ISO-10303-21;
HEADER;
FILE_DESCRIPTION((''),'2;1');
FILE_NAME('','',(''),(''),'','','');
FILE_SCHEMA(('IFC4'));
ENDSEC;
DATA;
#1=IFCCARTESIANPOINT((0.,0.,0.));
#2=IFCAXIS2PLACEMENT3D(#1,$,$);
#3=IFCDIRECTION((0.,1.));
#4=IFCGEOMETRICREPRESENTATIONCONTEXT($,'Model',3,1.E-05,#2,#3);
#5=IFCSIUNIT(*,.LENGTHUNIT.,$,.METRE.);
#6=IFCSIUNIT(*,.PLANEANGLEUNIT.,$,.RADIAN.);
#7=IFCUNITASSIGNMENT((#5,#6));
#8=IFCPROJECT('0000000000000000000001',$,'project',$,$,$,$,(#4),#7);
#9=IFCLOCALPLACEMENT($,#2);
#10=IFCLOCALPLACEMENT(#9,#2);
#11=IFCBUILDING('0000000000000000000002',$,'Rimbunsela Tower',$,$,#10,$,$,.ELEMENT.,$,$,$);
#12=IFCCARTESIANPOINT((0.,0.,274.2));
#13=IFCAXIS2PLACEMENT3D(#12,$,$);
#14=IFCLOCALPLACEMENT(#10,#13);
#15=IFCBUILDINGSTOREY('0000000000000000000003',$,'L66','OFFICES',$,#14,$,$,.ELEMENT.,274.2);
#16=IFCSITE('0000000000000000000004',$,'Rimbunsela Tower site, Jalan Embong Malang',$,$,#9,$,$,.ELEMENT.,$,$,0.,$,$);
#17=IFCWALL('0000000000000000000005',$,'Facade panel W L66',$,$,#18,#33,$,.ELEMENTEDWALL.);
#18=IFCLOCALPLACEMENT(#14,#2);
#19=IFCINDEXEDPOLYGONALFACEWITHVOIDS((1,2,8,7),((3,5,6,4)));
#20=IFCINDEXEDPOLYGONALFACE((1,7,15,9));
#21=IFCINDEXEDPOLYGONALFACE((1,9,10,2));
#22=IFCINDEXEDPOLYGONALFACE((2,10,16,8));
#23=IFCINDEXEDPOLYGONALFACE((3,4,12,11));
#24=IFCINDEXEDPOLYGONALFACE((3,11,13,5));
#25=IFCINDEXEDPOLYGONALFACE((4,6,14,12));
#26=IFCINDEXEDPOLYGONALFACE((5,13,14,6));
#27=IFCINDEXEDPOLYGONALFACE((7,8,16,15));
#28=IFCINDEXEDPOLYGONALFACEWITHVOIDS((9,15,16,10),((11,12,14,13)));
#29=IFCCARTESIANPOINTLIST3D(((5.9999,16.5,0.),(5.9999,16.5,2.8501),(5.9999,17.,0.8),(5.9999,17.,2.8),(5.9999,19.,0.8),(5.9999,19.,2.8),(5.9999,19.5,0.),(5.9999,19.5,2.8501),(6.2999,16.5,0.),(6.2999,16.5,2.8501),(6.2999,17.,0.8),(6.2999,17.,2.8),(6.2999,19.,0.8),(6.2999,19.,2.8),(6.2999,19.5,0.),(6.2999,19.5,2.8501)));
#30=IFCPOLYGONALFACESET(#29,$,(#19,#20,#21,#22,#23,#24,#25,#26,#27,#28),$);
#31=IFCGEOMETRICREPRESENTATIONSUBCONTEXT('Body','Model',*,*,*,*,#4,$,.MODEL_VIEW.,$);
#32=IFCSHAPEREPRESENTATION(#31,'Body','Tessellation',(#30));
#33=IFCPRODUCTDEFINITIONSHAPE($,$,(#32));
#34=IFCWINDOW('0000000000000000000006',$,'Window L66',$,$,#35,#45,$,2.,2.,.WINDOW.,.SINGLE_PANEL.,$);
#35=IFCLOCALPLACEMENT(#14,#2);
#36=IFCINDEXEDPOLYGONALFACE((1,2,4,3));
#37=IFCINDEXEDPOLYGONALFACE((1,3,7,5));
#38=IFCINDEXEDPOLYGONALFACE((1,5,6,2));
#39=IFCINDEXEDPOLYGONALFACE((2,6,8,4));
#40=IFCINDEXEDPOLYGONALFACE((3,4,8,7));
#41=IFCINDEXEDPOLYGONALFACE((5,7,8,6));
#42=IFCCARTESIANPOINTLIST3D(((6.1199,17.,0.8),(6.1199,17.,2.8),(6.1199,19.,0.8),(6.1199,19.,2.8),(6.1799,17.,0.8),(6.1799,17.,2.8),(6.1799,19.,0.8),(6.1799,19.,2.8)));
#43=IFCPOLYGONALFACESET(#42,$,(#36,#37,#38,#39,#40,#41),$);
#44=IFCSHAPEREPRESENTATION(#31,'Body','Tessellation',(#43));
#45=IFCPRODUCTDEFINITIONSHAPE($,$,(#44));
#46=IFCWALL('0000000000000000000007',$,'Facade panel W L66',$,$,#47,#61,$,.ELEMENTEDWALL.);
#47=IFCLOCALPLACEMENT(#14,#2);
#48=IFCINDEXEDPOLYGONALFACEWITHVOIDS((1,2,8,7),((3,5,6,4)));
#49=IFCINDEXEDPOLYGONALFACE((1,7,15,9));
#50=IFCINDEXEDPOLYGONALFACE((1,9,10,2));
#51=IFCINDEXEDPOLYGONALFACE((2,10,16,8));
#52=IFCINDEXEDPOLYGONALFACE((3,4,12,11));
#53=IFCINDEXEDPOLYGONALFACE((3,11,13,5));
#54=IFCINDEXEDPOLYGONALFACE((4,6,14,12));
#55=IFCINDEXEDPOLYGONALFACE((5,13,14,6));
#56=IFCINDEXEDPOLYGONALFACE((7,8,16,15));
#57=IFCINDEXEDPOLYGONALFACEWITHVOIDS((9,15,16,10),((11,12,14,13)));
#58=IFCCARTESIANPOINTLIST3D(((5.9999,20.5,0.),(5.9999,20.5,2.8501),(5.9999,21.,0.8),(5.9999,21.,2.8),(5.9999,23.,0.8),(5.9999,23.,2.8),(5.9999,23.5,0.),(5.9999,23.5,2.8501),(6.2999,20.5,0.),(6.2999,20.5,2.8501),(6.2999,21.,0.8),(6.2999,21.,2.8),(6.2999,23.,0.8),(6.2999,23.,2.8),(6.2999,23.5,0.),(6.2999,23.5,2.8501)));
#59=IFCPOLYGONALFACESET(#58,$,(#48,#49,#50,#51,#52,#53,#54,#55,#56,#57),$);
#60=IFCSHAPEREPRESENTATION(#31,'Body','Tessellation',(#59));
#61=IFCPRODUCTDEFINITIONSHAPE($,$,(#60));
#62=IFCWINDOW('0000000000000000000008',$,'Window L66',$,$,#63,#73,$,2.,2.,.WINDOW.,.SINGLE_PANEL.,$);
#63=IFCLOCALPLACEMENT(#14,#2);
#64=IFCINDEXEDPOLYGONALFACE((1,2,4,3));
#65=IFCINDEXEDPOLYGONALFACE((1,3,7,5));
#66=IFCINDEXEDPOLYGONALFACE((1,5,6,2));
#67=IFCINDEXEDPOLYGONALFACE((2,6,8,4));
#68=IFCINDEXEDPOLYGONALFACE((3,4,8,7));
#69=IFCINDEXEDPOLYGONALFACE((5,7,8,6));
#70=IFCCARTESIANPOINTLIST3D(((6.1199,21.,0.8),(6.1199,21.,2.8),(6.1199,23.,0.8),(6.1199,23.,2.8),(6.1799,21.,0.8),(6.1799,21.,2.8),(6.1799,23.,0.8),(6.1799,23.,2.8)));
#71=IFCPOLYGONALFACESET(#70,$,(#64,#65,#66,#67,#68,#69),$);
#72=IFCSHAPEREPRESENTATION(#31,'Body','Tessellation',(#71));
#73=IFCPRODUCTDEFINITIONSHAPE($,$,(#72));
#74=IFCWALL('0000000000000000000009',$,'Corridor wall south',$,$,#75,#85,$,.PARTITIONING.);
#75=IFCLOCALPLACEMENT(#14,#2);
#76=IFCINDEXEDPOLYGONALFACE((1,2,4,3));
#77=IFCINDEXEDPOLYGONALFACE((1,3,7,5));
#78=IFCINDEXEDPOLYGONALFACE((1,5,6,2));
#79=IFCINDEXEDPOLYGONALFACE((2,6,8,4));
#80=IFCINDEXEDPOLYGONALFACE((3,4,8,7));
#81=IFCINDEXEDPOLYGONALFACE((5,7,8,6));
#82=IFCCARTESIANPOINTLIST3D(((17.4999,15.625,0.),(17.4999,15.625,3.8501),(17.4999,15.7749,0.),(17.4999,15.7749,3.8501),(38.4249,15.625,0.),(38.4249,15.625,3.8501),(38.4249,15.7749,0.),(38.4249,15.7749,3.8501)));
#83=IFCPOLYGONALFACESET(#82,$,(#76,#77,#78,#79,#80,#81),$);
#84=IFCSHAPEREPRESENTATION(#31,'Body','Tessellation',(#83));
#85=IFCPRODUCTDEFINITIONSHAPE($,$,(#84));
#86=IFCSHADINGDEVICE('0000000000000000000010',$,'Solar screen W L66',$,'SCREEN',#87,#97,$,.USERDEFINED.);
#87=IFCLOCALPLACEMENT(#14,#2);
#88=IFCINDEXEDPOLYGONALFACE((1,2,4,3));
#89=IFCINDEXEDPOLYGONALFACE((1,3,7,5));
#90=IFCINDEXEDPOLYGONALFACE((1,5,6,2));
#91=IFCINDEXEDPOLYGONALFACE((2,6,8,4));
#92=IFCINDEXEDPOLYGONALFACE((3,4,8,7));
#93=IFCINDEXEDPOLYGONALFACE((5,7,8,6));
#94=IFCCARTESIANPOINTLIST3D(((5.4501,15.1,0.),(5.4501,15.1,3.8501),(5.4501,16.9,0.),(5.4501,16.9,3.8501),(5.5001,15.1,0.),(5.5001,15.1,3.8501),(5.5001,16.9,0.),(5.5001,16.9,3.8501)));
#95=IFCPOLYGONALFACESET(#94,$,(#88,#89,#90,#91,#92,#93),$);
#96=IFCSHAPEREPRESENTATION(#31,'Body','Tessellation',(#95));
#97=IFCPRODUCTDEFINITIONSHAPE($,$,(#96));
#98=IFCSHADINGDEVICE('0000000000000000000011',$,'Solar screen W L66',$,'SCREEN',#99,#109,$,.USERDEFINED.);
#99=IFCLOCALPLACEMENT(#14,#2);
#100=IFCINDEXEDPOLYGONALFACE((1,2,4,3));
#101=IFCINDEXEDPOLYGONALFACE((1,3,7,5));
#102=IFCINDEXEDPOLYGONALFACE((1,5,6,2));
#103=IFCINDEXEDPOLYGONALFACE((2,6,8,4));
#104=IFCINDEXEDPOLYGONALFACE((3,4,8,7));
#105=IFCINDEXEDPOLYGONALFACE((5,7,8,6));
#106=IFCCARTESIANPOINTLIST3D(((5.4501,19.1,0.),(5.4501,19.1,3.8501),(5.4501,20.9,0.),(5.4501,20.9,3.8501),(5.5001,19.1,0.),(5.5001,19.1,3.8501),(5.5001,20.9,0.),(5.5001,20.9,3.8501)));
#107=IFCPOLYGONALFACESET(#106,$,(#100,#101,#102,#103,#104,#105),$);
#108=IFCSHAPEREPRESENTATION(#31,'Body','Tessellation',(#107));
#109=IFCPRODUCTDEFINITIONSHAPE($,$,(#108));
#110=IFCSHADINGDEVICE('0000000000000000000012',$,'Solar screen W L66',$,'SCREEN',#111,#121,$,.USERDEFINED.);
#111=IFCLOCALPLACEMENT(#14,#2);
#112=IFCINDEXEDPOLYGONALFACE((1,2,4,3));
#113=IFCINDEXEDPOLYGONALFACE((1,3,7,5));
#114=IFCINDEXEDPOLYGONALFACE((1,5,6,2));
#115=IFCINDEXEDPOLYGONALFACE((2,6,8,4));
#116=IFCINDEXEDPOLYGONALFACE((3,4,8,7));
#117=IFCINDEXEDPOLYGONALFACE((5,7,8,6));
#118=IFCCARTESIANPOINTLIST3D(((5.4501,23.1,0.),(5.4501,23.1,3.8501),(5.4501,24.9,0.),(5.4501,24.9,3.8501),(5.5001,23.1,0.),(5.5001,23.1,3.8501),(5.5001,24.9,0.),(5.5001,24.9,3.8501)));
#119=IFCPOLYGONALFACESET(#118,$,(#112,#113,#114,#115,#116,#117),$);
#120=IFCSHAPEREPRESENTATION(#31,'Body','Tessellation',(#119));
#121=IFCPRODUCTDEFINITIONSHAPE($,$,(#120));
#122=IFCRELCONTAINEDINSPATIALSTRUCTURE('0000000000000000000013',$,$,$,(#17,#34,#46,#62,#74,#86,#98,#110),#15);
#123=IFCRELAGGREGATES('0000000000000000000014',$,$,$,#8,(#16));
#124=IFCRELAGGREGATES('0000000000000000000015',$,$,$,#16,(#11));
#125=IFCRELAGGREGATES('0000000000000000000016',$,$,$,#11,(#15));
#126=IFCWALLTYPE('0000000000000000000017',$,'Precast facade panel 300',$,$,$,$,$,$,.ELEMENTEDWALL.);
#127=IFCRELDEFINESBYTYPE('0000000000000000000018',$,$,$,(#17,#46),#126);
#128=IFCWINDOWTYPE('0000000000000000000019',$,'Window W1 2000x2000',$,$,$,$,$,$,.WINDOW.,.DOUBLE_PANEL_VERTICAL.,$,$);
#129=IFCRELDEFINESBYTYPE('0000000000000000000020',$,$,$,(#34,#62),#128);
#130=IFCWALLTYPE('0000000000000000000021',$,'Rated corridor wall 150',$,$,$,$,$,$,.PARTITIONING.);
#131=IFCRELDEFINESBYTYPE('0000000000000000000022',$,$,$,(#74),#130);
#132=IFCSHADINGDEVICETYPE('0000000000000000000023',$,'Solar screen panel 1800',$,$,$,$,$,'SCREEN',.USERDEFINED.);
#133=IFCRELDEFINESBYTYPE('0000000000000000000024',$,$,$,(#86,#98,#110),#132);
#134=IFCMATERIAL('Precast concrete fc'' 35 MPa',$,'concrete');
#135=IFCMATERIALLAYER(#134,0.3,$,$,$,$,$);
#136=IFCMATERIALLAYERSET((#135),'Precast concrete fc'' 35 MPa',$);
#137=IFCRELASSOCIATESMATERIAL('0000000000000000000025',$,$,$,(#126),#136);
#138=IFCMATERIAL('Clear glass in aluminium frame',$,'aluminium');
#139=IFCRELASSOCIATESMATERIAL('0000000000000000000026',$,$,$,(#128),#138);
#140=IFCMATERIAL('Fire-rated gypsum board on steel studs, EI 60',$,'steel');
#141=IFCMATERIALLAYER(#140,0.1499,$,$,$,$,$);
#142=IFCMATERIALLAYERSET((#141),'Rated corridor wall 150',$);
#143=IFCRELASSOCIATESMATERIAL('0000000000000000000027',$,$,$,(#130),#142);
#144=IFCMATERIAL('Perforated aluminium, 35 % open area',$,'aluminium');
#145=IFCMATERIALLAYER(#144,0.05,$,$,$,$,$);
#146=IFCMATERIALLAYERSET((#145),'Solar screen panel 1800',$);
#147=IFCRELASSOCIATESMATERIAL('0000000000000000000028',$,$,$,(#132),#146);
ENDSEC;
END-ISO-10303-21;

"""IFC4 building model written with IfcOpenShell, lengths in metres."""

from ifc_helpers import new_model, si_unit, direction, frame, frame_2d, origin, origin_2d, place, context, subcontext, project, spatial, rectangle, extrude, material, layer, layer_set, type_object, element, fill, save


model = new_model("IFC4")

# Units and contexts
model_context = context("Model", 3, precision=1e-05, world=origin(), true_north=direction((0.0, 1.0)))
body_context = subcontext(model_context, "Body", "Model", "MODEL_VIEW")
ifc_project = project(units=[si_unit("LENGTHUNIT", "METRE"), si_unit("PLANEANGLEUNIT", "RADIAN")], contexts=[model_context])

# Site, building, storey
site_placement = place(None, origin())
site = spatial("IfcSite", under=ifc_project, at=site_placement, Name="Rimbunsela Tower site, Jalan Embong Malang", CompositionType="ELEMENT", RefElevation=0.0)
building_placement = place(site_placement, origin())
building = spatial("IfcBuilding", under=site, at=building_placement, Name="Rimbunsela Tower", CompositionType="ELEMENT")
storey_placement = place(building_placement, frame((0.0, 0.0, 274.2)))
storey = spatial("IfcBuildingStorey", under=building, at=storey_placement, Name="L66", Description="OFFICES", CompositionType="ELEMENT", Elevation=274.2)

# Walls, openings, windows
ifc_material_1 = material(Name="Precast concrete fc' 35 MPa", Category="concrete")
ifc_layer_1 = layer(ifc_material_1, 0.3)
ifc_layer_set_1 = layer_set([ifc_layer_1], Name="Precast concrete fc' 35 MPa")
wall_type_1 = type_object("IfcWallType", Name="Precast facade panel 300", PredefinedType="ELEMENTEDWALL", material=ifc_layer_set_1)
wall_1_placement = place(storey_placement, frame((6.1499, 19.5, 0.0), z_axis=(0.0, 0.0, 1.0), x_axis=(0.0, -1.0, 0.0)))
wall_1 = element("IfcWall", 1, at=wall_1_placement, inside=storey, type_object=wall_type_1, Name="Facade panel W L66", PredefinedType="ELEMENTEDWALL", context=body_context, shape_type="SweptSolid", body=[
    extrude(rectangle(XDim=3.0, YDim=0.3, at=frame_2d((1.5, 0.0))), origin(), (0.0, 0.0, 1.0), 2.8501),
])
opening_1_placement = place(wall_1_placement, frame((0.5, 0.0, 0.8)))
opening_1 = element("IfcOpeningElement", 2, at=opening_1_placement, cuts=wall_1, PredefinedType="OPENING", context=body_context, shape_type="SweptSolid", body=[
    extrude(rectangle(XDim=2.0, YDim=2.0, at=frame_2d((1.0, 1.0))), frame((0.0, 0.1599, 0.0), z_axis=(0.0, -1.0, 0.0), x_axis=(1.0, 0.0, 0.0)), (0.0, 0.0, 1.0), 0.3201),
])
ifc_material_2 = material(Name="Clear glass in aluminium frame", Category="aluminium")
window_type = type_object("IfcWindowType", Name="Window W1 2000x2000", PartitioningType="DOUBLE_PANEL_VERTICAL", PredefinedType="WINDOW", material=ifc_material_2)
window_1_placement = place(opening_1_placement, origin())
window_1 = element("IfcWindow", 3, at=window_1_placement, inside=storey, type_object=window_type, Name="Window L66", OverallHeight=2.0, OverallWidth=2.0, PartitioningType="SINGLE_PANEL", PredefinedType="WINDOW", context=body_context, shape_type="SweptSolid", body=[
    extrude(rectangle(XDim=2.0, YDim=2.0, at=frame_2d((1.0, 1.0))), frame((0.0, 0.03, 0.0), z_axis=(0.0, -1.0, 0.0), x_axis=(1.0, 0.0, 0.0)), (0.0, 0.0, 1.0), 0.0601),
])
fill(opening_1, window_1)
wall_2_placement = place(storey_placement, frame((6.1499, 23.5, 0.0), z_axis=(0.0, 0.0, 1.0), x_axis=(0.0, -1.0, 0.0)))
wall_2 = element("IfcWall", 4, at=wall_2_placement, inside=storey, type_object=wall_type_1, Name="Facade panel W L66", PredefinedType="ELEMENTEDWALL", context=body_context, shape_type="SweptSolid", body=[
    extrude(rectangle(XDim=3.0, YDim=0.3, at=frame_2d((1.5, 0.0))), origin(), (0.0, 0.0, 1.0), 2.8501),
])
opening_2_placement = place(wall_2_placement, frame((0.5, 0.0, 0.8)))
opening_2 = element("IfcOpeningElement", 5, at=opening_2_placement, cuts=wall_2, PredefinedType="OPENING", context=body_context, shape_type="SweptSolid", body=[
    extrude(rectangle(XDim=2.0, YDim=2.0, at=frame_2d((1.0, 1.0))), frame((0.0, 0.1599, 0.0), z_axis=(0.0, -1.0, 0.0), x_axis=(1.0, 0.0, 0.0)), (0.0, 0.0, 1.0), 0.3201),
])
window_2_placement = place(opening_2_placement, origin())
window_2 = element("IfcWindow", 6, at=window_2_placement, inside=storey, type_object=window_type, Name="Window L66", OverallHeight=2.0, OverallWidth=2.0, PartitioningType="SINGLE_PANEL", PredefinedType="WINDOW", context=body_context, shape_type="SweptSolid", body=[
    extrude(rectangle(XDim=2.0, YDim=2.0, at=frame_2d((1.0, 1.0))), frame((0.0, 0.03, 0.0), z_axis=(0.0, -1.0, 0.0), x_axis=(1.0, 0.0, 0.0)), (0.0, 0.0, 1.0), 0.0601),
])
fill(opening_2, window_2)

# Wall
ifc_material_3 = material(Name="Fire-rated gypsum board on steel studs, EI 60", Category="steel")
ifc_layer_2 = layer(ifc_material_3, 0.1499)
ifc_layer_set_2 = layer_set([ifc_layer_2], Name="Rated corridor wall 150")
wall_type_2 = type_object("IfcWallType", Name="Rated corridor wall 150", PredefinedType="PARTITIONING", material=ifc_layer_set_2)
wall_3_placement = place(storey_placement, frame((17.5, 15.7, 0.0), z_axis=(0.0, 0.0, 1.0), x_axis=(1.0, 0.0, 0.0)))
element("IfcWall", 7, at=wall_3_placement, inside=storey, type_object=wall_type_2, Name="Corridor wall south", PredefinedType="PARTITIONING", context=body_context, shape_type="SweptSolid", body=[
    extrude(rectangle(XDim=20.925, YDim=0.1499, at=frame_2d((10.4624, 0.0))), origin(), (0.0, 0.0, 1.0), 3.8501),
])

# Shading devices
ifc_material_4 = material(Name="Perforated aluminium, 35 % open area", Category="aluminium")
ifc_layer_3 = layer(ifc_material_4, 0.05)
ifc_layer_set_3 = layer_set([ifc_layer_3], Name="Solar screen panel 1800")
shading_device_type = type_object("IfcShadingDeviceType", Name="Solar screen panel 1800", ElementType="SCREEN", PredefinedType="USERDEFINED", material=ifc_layer_set_3)
for number, where, z_axis, x_axis, name in (
    (8, (5.4751, 16.0, 0.0), (0.0, 0.0, 1.0), (0.0, 1.0, 0.0), "Solar screen W L66"),
    (9, (5.4751, 20.0, 0.0), (0.0, 0.0, 1.0), (0.0, 1.0, 0.0), "Solar screen W L66"),
    (10, (5.4751, 24.0, 0.0), (0.0, 0.0, 1.0), (0.0, 1.0, 0.0), "Solar screen W L66"),
):
    element("IfcShadingDevice", number, at=place(storey_placement, frame(where, z_axis=z_axis, x_axis=x_axis)), inside=storey, type_object=shading_device_type, Name=name, ObjectType="SCREEN", PredefinedType="USERDEFINED", context=body_context, shape_type="SweptSolid", body=[
        extrude(rectangle(XDim=1.8, YDim=0.05, at=origin_2d()), origin(), (0.0, 0.0, 1.0), 3.8501),
    ])

save(model, "model.ifc")
